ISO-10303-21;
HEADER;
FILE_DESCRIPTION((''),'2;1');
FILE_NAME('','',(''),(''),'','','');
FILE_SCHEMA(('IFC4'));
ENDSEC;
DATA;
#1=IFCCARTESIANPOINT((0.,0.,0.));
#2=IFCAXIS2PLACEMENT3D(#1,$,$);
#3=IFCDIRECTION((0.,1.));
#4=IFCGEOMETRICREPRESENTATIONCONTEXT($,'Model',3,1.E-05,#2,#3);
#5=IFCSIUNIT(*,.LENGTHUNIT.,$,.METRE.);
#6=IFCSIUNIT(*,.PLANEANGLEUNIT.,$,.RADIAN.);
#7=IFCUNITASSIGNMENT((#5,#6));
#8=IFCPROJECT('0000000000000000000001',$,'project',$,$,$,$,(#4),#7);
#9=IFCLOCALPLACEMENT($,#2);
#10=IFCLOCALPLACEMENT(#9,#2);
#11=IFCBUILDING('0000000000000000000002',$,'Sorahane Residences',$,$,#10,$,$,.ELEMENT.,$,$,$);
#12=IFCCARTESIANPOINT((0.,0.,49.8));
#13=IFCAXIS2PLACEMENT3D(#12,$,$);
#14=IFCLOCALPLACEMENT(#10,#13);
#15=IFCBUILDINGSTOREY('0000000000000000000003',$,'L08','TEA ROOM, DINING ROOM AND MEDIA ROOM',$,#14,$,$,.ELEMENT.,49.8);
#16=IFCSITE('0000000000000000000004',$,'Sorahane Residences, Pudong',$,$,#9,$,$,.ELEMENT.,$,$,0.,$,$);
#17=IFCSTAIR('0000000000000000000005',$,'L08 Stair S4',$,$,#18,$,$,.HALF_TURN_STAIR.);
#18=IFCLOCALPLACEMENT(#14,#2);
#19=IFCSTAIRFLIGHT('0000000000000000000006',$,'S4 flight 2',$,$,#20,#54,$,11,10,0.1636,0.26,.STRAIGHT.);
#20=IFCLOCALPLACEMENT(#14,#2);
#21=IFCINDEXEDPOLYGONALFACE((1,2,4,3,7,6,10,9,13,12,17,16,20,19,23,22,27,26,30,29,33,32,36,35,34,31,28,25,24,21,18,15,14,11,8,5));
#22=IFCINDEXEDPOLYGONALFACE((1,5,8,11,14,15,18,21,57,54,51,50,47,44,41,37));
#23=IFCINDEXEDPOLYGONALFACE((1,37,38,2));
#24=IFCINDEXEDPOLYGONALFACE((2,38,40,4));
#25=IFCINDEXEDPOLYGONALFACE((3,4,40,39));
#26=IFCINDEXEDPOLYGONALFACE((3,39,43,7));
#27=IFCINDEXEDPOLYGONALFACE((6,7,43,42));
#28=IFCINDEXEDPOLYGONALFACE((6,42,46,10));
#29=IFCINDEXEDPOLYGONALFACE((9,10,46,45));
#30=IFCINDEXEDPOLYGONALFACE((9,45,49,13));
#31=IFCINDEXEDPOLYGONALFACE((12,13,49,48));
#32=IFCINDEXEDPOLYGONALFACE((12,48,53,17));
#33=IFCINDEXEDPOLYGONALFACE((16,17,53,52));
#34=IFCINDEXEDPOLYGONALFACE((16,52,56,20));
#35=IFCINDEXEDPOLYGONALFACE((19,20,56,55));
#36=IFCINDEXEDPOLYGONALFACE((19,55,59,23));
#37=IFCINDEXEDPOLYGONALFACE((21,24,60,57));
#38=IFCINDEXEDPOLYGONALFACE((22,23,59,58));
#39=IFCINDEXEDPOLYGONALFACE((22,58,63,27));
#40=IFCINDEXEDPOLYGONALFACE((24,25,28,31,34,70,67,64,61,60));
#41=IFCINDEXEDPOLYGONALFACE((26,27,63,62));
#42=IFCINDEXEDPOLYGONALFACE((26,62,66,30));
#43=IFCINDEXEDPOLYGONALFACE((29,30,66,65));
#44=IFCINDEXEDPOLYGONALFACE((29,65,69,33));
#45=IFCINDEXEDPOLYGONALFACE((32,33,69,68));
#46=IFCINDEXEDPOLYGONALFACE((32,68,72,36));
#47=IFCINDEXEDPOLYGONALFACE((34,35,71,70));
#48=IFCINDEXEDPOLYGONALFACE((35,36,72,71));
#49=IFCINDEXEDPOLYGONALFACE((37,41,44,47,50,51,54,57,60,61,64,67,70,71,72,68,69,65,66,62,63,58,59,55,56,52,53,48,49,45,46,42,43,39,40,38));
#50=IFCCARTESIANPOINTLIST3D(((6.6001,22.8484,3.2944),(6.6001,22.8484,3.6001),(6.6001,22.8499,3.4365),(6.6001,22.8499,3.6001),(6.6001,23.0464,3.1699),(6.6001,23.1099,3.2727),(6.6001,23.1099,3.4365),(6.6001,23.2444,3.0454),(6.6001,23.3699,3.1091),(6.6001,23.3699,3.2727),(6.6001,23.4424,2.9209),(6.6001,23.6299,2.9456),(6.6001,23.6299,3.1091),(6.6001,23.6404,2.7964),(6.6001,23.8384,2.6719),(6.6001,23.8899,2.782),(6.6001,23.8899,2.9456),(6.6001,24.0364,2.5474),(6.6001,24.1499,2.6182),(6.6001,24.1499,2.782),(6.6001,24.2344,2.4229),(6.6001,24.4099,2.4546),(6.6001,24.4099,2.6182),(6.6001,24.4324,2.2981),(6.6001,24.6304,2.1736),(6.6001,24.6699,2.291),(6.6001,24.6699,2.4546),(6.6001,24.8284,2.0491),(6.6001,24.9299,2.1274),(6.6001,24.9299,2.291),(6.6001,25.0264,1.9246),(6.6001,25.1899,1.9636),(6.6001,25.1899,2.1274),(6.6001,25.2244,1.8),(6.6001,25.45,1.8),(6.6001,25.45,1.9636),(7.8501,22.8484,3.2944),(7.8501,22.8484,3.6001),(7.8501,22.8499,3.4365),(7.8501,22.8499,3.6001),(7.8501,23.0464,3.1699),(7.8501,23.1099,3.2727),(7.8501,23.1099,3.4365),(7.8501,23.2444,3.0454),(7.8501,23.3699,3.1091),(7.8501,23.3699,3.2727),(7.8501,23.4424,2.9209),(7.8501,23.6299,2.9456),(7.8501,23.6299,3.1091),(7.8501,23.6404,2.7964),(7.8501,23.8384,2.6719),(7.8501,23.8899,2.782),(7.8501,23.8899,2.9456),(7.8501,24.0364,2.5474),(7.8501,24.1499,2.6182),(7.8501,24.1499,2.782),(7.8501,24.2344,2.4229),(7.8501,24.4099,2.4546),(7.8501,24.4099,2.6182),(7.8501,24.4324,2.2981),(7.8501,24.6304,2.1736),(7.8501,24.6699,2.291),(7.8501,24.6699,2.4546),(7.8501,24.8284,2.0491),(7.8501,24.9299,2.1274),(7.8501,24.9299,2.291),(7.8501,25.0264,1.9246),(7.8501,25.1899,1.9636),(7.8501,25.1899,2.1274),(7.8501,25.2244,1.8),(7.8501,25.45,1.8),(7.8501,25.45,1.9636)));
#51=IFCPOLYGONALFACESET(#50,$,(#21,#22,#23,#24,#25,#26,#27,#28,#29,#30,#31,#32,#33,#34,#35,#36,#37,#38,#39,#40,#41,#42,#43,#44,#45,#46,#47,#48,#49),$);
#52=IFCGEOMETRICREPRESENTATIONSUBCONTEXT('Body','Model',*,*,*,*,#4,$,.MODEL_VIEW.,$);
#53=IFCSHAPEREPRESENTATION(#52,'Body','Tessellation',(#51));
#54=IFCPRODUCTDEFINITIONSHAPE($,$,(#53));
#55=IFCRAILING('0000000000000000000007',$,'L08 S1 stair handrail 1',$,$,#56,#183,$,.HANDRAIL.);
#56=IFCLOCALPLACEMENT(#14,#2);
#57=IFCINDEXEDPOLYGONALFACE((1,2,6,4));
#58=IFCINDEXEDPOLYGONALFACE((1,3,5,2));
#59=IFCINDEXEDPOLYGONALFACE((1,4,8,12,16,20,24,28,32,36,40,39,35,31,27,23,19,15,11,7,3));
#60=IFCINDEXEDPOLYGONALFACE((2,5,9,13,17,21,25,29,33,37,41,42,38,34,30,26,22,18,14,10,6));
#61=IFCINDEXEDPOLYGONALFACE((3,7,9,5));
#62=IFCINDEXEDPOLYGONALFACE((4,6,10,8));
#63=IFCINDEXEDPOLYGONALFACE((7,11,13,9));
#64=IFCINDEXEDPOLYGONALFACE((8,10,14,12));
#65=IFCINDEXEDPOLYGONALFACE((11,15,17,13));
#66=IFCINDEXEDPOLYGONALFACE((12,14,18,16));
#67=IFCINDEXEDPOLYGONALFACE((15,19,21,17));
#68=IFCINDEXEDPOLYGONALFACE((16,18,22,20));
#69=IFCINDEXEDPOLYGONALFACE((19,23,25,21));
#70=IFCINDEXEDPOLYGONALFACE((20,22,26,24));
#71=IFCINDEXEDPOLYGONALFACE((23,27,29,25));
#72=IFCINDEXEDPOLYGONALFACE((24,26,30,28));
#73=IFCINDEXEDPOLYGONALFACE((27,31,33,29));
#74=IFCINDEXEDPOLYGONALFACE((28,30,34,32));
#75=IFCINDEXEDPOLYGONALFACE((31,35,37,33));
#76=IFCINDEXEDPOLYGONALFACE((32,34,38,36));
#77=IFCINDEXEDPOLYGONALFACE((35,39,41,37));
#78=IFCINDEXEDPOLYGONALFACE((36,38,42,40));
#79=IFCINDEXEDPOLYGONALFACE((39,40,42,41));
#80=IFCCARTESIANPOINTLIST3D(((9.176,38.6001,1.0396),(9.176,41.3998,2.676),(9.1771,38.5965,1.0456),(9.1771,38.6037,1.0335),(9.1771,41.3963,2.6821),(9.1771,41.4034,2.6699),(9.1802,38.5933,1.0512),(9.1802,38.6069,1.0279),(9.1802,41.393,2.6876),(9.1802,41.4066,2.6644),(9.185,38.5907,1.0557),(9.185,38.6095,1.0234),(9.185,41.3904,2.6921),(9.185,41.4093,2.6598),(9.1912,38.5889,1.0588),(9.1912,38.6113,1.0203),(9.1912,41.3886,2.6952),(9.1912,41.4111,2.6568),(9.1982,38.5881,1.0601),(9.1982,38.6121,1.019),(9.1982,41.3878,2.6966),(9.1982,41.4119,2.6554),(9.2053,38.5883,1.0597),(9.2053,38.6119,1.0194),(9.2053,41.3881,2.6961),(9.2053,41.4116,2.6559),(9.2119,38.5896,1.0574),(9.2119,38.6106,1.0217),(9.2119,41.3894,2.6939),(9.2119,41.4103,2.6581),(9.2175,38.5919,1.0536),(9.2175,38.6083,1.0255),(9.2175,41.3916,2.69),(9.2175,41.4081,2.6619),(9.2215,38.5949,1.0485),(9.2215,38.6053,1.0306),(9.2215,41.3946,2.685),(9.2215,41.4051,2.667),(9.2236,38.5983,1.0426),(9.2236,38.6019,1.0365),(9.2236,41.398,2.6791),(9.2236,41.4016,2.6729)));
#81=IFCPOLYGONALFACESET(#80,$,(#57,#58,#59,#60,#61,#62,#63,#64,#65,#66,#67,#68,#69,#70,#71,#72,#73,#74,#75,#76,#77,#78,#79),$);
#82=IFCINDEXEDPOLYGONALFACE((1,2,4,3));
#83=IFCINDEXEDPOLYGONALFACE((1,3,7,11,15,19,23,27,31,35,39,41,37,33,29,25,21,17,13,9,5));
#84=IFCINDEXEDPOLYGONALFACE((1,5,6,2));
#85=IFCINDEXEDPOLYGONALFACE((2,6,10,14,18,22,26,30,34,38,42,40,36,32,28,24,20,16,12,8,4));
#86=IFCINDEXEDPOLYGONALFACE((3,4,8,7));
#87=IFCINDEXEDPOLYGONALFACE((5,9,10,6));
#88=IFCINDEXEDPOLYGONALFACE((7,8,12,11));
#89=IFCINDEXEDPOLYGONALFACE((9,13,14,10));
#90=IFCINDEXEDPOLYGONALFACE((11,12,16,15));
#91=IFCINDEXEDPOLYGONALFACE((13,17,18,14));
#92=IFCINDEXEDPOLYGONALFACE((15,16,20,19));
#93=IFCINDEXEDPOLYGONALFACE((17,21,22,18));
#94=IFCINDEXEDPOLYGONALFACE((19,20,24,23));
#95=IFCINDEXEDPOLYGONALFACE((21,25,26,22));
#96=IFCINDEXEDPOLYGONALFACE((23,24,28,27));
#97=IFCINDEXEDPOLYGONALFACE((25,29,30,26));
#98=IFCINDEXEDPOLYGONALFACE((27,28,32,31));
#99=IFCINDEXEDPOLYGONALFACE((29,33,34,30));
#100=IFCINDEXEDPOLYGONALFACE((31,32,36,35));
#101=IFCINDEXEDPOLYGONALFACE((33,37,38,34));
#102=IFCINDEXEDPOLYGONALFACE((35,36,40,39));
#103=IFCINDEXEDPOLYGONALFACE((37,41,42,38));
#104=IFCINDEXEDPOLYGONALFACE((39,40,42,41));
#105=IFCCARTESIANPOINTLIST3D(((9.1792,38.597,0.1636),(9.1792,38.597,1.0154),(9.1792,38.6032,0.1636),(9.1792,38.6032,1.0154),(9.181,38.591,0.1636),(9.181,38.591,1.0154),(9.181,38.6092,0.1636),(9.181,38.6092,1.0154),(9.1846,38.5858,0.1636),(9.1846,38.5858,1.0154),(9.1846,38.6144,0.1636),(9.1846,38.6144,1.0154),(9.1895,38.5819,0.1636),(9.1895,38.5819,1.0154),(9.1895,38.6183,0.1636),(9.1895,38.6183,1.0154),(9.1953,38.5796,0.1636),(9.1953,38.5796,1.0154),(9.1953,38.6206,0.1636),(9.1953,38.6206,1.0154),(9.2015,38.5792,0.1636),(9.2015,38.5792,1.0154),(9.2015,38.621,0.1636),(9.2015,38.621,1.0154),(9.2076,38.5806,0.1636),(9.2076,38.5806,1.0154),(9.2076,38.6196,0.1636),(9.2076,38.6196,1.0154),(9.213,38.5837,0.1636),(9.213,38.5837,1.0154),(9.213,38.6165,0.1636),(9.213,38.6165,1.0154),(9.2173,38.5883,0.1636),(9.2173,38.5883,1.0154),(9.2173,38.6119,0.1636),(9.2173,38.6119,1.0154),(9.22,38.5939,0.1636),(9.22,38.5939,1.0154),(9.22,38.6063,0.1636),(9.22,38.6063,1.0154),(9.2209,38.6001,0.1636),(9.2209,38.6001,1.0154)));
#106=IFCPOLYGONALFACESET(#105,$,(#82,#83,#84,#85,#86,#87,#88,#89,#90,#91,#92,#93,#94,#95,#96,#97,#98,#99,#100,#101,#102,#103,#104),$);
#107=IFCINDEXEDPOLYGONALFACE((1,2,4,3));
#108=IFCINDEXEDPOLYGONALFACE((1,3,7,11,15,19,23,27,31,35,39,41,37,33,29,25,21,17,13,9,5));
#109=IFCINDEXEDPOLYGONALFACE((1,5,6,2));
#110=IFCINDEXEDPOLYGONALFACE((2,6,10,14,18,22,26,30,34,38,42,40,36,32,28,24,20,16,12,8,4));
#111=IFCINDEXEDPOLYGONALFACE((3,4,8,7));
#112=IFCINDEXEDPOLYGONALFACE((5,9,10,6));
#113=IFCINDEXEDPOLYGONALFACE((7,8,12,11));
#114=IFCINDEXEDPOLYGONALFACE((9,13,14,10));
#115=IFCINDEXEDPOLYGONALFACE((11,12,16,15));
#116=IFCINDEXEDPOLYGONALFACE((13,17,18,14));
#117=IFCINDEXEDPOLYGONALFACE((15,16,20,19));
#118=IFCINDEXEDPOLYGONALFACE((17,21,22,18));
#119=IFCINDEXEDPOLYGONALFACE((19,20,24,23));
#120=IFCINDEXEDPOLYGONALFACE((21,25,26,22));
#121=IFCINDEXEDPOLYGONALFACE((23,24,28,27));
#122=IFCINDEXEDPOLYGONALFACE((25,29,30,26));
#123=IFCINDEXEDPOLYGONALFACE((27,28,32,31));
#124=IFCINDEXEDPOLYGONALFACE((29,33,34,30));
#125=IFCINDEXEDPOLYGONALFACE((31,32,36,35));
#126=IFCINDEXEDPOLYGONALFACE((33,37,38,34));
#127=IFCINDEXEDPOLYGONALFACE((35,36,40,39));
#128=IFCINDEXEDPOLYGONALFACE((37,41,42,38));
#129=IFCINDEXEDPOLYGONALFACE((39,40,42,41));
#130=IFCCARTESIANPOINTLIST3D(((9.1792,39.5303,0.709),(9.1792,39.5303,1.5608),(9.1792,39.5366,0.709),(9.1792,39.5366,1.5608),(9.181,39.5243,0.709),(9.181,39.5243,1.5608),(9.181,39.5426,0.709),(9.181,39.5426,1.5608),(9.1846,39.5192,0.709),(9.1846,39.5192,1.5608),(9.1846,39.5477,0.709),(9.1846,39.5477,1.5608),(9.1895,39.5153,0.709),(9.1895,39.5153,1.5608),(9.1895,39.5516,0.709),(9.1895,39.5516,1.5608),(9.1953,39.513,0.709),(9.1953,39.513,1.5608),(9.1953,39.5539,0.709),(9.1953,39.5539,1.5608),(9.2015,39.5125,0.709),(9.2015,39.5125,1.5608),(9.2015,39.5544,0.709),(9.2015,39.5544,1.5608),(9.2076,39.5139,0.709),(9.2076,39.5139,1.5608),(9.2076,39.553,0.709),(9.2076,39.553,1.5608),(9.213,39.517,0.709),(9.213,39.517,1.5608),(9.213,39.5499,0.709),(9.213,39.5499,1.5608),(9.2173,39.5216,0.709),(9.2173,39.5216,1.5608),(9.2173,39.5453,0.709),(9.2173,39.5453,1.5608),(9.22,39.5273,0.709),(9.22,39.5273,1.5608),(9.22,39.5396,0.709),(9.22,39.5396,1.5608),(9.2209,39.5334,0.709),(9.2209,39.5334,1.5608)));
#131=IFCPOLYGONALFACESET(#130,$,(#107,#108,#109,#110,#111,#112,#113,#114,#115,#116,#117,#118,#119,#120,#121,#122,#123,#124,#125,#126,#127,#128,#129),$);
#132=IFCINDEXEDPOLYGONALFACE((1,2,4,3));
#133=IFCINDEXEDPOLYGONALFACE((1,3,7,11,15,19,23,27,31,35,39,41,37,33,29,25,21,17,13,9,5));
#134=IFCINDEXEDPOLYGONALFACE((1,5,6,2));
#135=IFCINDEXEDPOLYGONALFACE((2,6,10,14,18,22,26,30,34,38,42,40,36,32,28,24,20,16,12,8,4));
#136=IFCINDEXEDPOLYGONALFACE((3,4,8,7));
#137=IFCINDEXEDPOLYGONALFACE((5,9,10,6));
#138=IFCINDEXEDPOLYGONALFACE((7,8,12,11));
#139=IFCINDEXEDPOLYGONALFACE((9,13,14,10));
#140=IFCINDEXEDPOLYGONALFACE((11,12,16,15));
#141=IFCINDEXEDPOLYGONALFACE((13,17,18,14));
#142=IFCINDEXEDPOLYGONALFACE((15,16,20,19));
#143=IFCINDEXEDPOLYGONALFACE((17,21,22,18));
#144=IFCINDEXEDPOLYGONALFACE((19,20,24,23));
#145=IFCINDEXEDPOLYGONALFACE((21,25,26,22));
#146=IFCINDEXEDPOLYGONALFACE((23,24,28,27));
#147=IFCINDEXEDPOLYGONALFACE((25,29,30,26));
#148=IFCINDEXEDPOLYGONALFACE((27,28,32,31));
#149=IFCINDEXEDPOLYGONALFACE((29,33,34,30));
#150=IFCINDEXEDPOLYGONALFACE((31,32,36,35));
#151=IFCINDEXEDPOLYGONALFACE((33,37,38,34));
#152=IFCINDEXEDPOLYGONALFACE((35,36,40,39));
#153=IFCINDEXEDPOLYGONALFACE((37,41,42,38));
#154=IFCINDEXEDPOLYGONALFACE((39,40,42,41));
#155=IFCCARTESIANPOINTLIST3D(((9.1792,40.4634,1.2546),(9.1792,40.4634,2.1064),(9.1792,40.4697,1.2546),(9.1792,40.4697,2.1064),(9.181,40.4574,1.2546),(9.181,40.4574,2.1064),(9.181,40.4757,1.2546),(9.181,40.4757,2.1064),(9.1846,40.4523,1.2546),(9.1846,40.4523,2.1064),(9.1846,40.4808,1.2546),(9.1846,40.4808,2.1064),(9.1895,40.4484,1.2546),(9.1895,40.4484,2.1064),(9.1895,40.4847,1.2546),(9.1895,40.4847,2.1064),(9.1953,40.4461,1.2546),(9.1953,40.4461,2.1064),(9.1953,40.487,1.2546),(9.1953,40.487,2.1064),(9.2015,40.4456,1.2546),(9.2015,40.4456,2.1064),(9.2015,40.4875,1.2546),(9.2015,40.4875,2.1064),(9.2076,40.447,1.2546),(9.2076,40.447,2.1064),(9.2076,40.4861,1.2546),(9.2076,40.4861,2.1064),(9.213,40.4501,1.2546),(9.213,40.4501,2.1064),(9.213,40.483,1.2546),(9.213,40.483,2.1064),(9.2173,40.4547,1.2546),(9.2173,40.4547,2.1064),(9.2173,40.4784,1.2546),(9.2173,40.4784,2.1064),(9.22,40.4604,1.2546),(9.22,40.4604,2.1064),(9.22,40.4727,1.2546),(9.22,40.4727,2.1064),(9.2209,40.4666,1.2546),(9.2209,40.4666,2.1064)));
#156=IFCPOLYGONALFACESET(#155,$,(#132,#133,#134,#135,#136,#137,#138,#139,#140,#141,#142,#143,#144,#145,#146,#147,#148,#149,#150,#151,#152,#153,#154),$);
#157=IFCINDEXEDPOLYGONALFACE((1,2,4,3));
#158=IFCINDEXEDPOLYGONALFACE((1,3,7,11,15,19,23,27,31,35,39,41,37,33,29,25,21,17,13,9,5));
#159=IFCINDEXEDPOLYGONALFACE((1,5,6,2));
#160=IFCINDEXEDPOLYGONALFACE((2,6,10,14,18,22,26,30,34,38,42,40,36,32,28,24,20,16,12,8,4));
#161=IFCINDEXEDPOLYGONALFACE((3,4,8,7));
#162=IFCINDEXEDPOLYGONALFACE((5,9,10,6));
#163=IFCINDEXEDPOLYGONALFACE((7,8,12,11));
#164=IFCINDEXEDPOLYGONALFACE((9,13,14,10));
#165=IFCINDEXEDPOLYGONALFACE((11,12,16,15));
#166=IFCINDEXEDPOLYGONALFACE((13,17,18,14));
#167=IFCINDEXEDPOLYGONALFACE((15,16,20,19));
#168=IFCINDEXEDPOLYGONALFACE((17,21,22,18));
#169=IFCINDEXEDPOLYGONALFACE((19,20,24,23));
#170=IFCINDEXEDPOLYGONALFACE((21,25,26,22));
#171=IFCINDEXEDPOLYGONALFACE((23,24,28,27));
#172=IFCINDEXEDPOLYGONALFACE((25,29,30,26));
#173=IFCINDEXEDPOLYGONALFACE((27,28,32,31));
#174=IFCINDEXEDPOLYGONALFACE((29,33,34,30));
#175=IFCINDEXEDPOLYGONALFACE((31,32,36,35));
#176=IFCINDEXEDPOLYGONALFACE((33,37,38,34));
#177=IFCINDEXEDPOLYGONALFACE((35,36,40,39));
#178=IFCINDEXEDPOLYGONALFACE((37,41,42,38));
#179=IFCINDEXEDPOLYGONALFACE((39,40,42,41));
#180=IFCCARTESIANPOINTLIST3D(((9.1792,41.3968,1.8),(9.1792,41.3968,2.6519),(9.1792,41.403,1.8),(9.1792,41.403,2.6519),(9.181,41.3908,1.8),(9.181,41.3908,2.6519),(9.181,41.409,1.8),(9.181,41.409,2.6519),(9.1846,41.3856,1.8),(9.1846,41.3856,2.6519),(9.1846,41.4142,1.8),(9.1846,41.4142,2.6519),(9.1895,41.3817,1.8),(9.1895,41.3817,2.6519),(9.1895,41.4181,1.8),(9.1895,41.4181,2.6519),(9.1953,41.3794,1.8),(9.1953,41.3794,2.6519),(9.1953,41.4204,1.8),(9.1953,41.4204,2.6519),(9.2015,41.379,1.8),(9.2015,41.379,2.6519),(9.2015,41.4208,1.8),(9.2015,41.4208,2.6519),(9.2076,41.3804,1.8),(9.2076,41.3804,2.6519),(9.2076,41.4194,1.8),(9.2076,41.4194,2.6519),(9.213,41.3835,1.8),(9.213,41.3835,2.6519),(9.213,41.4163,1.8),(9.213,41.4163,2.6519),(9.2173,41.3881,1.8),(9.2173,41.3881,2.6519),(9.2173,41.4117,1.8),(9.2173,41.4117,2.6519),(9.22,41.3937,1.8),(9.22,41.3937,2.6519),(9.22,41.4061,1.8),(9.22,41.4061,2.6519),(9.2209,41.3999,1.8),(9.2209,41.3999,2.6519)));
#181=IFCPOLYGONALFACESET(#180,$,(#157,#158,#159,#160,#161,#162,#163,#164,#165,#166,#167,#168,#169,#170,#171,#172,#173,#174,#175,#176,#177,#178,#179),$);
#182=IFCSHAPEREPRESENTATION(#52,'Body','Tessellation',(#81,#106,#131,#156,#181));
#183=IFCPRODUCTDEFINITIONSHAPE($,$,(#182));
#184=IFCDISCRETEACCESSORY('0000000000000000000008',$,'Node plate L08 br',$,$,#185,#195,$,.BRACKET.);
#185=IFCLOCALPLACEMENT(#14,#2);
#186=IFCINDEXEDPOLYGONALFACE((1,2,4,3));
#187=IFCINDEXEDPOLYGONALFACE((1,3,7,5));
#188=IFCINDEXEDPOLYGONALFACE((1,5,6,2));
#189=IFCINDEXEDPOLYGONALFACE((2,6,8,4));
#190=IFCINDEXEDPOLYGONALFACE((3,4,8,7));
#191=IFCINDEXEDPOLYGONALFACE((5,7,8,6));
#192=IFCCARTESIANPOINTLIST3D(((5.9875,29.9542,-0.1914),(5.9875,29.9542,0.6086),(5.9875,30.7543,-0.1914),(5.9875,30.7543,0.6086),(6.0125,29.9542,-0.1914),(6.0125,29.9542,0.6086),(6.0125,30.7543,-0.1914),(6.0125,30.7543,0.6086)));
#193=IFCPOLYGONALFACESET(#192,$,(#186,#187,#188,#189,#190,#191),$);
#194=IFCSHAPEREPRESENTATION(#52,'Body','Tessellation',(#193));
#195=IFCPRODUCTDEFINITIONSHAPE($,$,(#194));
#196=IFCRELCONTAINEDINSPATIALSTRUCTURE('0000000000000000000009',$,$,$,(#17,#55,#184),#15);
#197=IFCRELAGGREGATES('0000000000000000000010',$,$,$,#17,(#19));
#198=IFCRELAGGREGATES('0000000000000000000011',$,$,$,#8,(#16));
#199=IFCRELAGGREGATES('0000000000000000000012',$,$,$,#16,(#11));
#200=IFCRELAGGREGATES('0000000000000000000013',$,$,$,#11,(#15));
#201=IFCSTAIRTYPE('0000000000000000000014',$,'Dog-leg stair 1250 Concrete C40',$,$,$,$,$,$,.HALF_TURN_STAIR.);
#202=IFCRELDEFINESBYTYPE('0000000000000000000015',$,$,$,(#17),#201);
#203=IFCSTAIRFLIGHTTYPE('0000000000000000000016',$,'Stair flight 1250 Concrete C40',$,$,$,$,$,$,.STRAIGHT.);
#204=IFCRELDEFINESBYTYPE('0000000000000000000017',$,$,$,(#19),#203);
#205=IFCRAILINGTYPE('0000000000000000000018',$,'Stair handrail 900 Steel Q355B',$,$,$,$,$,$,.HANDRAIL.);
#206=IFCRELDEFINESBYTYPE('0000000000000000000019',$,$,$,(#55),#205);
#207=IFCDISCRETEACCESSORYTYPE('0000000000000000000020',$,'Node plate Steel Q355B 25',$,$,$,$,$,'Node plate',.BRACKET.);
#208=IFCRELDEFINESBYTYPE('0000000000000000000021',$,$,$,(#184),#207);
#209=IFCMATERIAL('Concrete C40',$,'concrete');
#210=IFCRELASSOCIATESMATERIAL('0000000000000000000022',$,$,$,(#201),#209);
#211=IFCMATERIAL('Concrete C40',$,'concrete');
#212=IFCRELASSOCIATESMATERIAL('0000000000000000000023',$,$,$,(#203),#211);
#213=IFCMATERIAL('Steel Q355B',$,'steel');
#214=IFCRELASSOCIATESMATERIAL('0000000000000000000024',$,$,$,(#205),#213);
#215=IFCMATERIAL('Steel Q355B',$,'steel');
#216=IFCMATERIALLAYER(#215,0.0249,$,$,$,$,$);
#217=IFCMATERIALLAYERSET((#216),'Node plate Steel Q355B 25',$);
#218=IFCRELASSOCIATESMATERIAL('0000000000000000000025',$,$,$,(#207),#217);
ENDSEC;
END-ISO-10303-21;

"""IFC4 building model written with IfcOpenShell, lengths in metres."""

from ifc_helpers import new_model, si_unit, direction, frame, origin, origin_2d, place, context, subcontext, project, spatial, polyline, rectangle, circle, outline, extrude, material, layer, layer_set, type_object, element, aggregate, save


model = new_model("IFC4")

# Units and contexts
model_context = context("Model", 3, precision=1e-05, world=origin(), true_north=direction((0.0, 1.0)))
body_context = subcontext(model_context, "Body", "Model", "MODEL_VIEW")
ifc_project = project(units=[si_unit("LENGTHUNIT", "METRE"), si_unit("PLANEANGLEUNIT", "RADIAN")], contexts=[model_context])

# Site, building, storey
site_placement = place(None, origin())
site = spatial("IfcSite", under=ifc_project, at=site_placement, Name="Sorahane Residences, Pudong", CompositionType="ELEMENT", RefElevation=0.0)
building_placement = place(site_placement, origin())
building = spatial("IfcBuilding", under=site, at=building_placement, Name="Sorahane Residences", CompositionType="ELEMENT")
storey_placement = place(building_placement, frame((0.0, 0.0, 49.8)))
storey = spatial("IfcBuildingStorey", under=building, at=storey_placement, Name="L08", Description="TEA ROOM, DINING ROOM AND MEDIA ROOM", CompositionType="ELEMENT", Elevation=49.8)

# Stair, stair flight
ifc_material_1 = material(Name="Concrete C40", Category="concrete")
stair_type = type_object("IfcStairType", Name="Dog-leg stair 1250 Concrete C40", PredefinedType="HALF_TURN_STAIR", material=ifc_material_1)
ifc_material_2 = material(Name="Concrete C40", Category="concrete")
stair_flight_type = type_object("IfcStairFlightType", Name="Stair flight 1250 Concrete C40", PredefinedType="STRAIGHT", material=ifc_material_2)
stair_1_placement = place(storey_placement, origin())
stair_1 = element("IfcStair", 1, at=stair_1_placement, inside=storey, type_object=stair_type, Name="L08 Stair S4", PredefinedType="HALF_TURN_STAIR")
stair_flight_1_placement = place(storey_placement, frame((7.2251, 25.45, 1.8), z_axis=(0.0, 0.0, 1.0), x_axis=(0.0, -1.0, 0.0)))
stair_flight_1 = element("IfcStairFlight", 2, at=stair_flight_1_placement, type_object=stair_flight_type, Name="S4 flight 2", NumberOfRisers=11, NumberOfTreads=10, PredefinedType="STRAIGHT", RiserHeight=0.1636, TreadLength=0.26, context=body_context, shape_type="SweptSolid", body=[
    extrude(outline(polyline([(0.0, 0.0), (0.0, 0.1636), (0.26, 0.1636), (0.26, 0.3274), (0.52, 0.3274), (0.52, 0.491), (0.78, 0.491), (0.78, 0.6545), (1.04, 0.6545), (1.04, 0.8181), (1.3, 0.8181), (1.3, 0.9819), (1.5601, 0.9819), (1.5601, 1.1455), (1.8201, 1.1455), (1.8201, 1.3091), (2.0801, 1.3091), (2.0801, 1.4727), (2.3401, 1.4727), (2.3401, 1.6365), (2.6001, 1.6365), (2.6001, 1.8), (2.6016, 1.8), (2.6016, 1.4944), (2.4036, 1.3699), (2.2056, 1.2454), (2.0076, 1.1208), (1.8096, 0.9963), (1.6116, 0.8718), (1.4136, 0.7473), (1.2156, 0.6228), (1.0176, 0.498), (0.8196, 0.3735), (0.6216, 0.249), (0.4236, 0.1245), (0.2256, 0.0), (0.0, 0.0)])), frame((0.0, 0.625, 0.0), z_axis=(0.0, -1.0, 0.0), x_axis=(1.0, 0.0, 0.0)), (0.0, 0.0, 1.0), 1.25),
])
aggregate(stair_1, [stair_flight_1])

# Railing
ifc_material_3 = material(Name="Steel Q355B", Category="steel")
railing_type_1 = type_object("IfcRailingType", Name="Stair handrail 900 Steel Q355B", PredefinedType="HANDRAIL", material=ifc_material_3)
railing_1_placement = place(storey_placement, frame((9.2, 38.6001, 0.1636)))
element("IfcRailing", 3, at=railing_1_placement, inside=storey, type_object=railing_type_1, Name="L08 S1 stair handrail 1", PredefinedType="HANDRAIL", context=body_context, shape_type="SweptSolid", body=[
    extrude(circle(Radius=0.0239, at=origin_2d()), frame((0.0, 0.0, 0.876), z_axis=(0.0, 0.863342, 0.50462), x_axis=(-1.0, 0.0, 0.0)), (0.0, 0.0, 1.0), 3.2429),
    extrude(circle(Radius=0.021, at=origin_2d()), origin(), (0.0, 0.0, 1.0), 0.8518),
    extrude(circle(Radius=0.021, at=origin_2d()), frame((0.0, 0.9333, 0.5454)), (0.0, 0.0, 1.0), 0.8518),
    extrude(circle(Radius=0.021, at=origin_2d()), frame((0.0, 1.8665, 1.0911)), (0.0, 0.0, 1.0), 0.8518),
    extrude(circle(Radius=0.021, at=origin_2d()), frame((0.0, 2.7998, 1.6365)), (0.0, 0.0, 1.0), 0.8518),
])

# Discrete accessory
ifc_material_4 = material(Name="Steel Q355B", Category="steel")
ifc_layer_1 = layer(ifc_material_4, 0.0249)
ifc_layer_set_1 = layer_set([ifc_layer_1], Name="Node plate Steel Q355B 25")
discrete_accessory_type = type_object("IfcDiscreteAccessoryType", Name="Node plate Steel Q355B 25", ElementType="Node plate", PredefinedType="BRACKET", material=ifc_layer_set_1)
for number, where, z_axis, x_axis, name in (
    (4, (6.0, 30.3542, -0.1914), (0.0, 0.0, 1.0), (0.0, 1.0, 0.0), "Node plate L08 br"),
):
    element("IfcDiscreteAccessory", number, at=place(storey_placement, frame(where, z_axis=z_axis, x_axis=x_axis)), inside=storey, type_object=discrete_accessory_type, Name=name, PredefinedType="BRACKET", context=body_context, shape_type="SweptSolid", body=[
        extrude(rectangle(XDim=0.8, YDim=0.0249, at=origin_2d()), origin(), (0.0, 0.0, 1.0), 0.8),
    ])

save(model, "model.ifc")
